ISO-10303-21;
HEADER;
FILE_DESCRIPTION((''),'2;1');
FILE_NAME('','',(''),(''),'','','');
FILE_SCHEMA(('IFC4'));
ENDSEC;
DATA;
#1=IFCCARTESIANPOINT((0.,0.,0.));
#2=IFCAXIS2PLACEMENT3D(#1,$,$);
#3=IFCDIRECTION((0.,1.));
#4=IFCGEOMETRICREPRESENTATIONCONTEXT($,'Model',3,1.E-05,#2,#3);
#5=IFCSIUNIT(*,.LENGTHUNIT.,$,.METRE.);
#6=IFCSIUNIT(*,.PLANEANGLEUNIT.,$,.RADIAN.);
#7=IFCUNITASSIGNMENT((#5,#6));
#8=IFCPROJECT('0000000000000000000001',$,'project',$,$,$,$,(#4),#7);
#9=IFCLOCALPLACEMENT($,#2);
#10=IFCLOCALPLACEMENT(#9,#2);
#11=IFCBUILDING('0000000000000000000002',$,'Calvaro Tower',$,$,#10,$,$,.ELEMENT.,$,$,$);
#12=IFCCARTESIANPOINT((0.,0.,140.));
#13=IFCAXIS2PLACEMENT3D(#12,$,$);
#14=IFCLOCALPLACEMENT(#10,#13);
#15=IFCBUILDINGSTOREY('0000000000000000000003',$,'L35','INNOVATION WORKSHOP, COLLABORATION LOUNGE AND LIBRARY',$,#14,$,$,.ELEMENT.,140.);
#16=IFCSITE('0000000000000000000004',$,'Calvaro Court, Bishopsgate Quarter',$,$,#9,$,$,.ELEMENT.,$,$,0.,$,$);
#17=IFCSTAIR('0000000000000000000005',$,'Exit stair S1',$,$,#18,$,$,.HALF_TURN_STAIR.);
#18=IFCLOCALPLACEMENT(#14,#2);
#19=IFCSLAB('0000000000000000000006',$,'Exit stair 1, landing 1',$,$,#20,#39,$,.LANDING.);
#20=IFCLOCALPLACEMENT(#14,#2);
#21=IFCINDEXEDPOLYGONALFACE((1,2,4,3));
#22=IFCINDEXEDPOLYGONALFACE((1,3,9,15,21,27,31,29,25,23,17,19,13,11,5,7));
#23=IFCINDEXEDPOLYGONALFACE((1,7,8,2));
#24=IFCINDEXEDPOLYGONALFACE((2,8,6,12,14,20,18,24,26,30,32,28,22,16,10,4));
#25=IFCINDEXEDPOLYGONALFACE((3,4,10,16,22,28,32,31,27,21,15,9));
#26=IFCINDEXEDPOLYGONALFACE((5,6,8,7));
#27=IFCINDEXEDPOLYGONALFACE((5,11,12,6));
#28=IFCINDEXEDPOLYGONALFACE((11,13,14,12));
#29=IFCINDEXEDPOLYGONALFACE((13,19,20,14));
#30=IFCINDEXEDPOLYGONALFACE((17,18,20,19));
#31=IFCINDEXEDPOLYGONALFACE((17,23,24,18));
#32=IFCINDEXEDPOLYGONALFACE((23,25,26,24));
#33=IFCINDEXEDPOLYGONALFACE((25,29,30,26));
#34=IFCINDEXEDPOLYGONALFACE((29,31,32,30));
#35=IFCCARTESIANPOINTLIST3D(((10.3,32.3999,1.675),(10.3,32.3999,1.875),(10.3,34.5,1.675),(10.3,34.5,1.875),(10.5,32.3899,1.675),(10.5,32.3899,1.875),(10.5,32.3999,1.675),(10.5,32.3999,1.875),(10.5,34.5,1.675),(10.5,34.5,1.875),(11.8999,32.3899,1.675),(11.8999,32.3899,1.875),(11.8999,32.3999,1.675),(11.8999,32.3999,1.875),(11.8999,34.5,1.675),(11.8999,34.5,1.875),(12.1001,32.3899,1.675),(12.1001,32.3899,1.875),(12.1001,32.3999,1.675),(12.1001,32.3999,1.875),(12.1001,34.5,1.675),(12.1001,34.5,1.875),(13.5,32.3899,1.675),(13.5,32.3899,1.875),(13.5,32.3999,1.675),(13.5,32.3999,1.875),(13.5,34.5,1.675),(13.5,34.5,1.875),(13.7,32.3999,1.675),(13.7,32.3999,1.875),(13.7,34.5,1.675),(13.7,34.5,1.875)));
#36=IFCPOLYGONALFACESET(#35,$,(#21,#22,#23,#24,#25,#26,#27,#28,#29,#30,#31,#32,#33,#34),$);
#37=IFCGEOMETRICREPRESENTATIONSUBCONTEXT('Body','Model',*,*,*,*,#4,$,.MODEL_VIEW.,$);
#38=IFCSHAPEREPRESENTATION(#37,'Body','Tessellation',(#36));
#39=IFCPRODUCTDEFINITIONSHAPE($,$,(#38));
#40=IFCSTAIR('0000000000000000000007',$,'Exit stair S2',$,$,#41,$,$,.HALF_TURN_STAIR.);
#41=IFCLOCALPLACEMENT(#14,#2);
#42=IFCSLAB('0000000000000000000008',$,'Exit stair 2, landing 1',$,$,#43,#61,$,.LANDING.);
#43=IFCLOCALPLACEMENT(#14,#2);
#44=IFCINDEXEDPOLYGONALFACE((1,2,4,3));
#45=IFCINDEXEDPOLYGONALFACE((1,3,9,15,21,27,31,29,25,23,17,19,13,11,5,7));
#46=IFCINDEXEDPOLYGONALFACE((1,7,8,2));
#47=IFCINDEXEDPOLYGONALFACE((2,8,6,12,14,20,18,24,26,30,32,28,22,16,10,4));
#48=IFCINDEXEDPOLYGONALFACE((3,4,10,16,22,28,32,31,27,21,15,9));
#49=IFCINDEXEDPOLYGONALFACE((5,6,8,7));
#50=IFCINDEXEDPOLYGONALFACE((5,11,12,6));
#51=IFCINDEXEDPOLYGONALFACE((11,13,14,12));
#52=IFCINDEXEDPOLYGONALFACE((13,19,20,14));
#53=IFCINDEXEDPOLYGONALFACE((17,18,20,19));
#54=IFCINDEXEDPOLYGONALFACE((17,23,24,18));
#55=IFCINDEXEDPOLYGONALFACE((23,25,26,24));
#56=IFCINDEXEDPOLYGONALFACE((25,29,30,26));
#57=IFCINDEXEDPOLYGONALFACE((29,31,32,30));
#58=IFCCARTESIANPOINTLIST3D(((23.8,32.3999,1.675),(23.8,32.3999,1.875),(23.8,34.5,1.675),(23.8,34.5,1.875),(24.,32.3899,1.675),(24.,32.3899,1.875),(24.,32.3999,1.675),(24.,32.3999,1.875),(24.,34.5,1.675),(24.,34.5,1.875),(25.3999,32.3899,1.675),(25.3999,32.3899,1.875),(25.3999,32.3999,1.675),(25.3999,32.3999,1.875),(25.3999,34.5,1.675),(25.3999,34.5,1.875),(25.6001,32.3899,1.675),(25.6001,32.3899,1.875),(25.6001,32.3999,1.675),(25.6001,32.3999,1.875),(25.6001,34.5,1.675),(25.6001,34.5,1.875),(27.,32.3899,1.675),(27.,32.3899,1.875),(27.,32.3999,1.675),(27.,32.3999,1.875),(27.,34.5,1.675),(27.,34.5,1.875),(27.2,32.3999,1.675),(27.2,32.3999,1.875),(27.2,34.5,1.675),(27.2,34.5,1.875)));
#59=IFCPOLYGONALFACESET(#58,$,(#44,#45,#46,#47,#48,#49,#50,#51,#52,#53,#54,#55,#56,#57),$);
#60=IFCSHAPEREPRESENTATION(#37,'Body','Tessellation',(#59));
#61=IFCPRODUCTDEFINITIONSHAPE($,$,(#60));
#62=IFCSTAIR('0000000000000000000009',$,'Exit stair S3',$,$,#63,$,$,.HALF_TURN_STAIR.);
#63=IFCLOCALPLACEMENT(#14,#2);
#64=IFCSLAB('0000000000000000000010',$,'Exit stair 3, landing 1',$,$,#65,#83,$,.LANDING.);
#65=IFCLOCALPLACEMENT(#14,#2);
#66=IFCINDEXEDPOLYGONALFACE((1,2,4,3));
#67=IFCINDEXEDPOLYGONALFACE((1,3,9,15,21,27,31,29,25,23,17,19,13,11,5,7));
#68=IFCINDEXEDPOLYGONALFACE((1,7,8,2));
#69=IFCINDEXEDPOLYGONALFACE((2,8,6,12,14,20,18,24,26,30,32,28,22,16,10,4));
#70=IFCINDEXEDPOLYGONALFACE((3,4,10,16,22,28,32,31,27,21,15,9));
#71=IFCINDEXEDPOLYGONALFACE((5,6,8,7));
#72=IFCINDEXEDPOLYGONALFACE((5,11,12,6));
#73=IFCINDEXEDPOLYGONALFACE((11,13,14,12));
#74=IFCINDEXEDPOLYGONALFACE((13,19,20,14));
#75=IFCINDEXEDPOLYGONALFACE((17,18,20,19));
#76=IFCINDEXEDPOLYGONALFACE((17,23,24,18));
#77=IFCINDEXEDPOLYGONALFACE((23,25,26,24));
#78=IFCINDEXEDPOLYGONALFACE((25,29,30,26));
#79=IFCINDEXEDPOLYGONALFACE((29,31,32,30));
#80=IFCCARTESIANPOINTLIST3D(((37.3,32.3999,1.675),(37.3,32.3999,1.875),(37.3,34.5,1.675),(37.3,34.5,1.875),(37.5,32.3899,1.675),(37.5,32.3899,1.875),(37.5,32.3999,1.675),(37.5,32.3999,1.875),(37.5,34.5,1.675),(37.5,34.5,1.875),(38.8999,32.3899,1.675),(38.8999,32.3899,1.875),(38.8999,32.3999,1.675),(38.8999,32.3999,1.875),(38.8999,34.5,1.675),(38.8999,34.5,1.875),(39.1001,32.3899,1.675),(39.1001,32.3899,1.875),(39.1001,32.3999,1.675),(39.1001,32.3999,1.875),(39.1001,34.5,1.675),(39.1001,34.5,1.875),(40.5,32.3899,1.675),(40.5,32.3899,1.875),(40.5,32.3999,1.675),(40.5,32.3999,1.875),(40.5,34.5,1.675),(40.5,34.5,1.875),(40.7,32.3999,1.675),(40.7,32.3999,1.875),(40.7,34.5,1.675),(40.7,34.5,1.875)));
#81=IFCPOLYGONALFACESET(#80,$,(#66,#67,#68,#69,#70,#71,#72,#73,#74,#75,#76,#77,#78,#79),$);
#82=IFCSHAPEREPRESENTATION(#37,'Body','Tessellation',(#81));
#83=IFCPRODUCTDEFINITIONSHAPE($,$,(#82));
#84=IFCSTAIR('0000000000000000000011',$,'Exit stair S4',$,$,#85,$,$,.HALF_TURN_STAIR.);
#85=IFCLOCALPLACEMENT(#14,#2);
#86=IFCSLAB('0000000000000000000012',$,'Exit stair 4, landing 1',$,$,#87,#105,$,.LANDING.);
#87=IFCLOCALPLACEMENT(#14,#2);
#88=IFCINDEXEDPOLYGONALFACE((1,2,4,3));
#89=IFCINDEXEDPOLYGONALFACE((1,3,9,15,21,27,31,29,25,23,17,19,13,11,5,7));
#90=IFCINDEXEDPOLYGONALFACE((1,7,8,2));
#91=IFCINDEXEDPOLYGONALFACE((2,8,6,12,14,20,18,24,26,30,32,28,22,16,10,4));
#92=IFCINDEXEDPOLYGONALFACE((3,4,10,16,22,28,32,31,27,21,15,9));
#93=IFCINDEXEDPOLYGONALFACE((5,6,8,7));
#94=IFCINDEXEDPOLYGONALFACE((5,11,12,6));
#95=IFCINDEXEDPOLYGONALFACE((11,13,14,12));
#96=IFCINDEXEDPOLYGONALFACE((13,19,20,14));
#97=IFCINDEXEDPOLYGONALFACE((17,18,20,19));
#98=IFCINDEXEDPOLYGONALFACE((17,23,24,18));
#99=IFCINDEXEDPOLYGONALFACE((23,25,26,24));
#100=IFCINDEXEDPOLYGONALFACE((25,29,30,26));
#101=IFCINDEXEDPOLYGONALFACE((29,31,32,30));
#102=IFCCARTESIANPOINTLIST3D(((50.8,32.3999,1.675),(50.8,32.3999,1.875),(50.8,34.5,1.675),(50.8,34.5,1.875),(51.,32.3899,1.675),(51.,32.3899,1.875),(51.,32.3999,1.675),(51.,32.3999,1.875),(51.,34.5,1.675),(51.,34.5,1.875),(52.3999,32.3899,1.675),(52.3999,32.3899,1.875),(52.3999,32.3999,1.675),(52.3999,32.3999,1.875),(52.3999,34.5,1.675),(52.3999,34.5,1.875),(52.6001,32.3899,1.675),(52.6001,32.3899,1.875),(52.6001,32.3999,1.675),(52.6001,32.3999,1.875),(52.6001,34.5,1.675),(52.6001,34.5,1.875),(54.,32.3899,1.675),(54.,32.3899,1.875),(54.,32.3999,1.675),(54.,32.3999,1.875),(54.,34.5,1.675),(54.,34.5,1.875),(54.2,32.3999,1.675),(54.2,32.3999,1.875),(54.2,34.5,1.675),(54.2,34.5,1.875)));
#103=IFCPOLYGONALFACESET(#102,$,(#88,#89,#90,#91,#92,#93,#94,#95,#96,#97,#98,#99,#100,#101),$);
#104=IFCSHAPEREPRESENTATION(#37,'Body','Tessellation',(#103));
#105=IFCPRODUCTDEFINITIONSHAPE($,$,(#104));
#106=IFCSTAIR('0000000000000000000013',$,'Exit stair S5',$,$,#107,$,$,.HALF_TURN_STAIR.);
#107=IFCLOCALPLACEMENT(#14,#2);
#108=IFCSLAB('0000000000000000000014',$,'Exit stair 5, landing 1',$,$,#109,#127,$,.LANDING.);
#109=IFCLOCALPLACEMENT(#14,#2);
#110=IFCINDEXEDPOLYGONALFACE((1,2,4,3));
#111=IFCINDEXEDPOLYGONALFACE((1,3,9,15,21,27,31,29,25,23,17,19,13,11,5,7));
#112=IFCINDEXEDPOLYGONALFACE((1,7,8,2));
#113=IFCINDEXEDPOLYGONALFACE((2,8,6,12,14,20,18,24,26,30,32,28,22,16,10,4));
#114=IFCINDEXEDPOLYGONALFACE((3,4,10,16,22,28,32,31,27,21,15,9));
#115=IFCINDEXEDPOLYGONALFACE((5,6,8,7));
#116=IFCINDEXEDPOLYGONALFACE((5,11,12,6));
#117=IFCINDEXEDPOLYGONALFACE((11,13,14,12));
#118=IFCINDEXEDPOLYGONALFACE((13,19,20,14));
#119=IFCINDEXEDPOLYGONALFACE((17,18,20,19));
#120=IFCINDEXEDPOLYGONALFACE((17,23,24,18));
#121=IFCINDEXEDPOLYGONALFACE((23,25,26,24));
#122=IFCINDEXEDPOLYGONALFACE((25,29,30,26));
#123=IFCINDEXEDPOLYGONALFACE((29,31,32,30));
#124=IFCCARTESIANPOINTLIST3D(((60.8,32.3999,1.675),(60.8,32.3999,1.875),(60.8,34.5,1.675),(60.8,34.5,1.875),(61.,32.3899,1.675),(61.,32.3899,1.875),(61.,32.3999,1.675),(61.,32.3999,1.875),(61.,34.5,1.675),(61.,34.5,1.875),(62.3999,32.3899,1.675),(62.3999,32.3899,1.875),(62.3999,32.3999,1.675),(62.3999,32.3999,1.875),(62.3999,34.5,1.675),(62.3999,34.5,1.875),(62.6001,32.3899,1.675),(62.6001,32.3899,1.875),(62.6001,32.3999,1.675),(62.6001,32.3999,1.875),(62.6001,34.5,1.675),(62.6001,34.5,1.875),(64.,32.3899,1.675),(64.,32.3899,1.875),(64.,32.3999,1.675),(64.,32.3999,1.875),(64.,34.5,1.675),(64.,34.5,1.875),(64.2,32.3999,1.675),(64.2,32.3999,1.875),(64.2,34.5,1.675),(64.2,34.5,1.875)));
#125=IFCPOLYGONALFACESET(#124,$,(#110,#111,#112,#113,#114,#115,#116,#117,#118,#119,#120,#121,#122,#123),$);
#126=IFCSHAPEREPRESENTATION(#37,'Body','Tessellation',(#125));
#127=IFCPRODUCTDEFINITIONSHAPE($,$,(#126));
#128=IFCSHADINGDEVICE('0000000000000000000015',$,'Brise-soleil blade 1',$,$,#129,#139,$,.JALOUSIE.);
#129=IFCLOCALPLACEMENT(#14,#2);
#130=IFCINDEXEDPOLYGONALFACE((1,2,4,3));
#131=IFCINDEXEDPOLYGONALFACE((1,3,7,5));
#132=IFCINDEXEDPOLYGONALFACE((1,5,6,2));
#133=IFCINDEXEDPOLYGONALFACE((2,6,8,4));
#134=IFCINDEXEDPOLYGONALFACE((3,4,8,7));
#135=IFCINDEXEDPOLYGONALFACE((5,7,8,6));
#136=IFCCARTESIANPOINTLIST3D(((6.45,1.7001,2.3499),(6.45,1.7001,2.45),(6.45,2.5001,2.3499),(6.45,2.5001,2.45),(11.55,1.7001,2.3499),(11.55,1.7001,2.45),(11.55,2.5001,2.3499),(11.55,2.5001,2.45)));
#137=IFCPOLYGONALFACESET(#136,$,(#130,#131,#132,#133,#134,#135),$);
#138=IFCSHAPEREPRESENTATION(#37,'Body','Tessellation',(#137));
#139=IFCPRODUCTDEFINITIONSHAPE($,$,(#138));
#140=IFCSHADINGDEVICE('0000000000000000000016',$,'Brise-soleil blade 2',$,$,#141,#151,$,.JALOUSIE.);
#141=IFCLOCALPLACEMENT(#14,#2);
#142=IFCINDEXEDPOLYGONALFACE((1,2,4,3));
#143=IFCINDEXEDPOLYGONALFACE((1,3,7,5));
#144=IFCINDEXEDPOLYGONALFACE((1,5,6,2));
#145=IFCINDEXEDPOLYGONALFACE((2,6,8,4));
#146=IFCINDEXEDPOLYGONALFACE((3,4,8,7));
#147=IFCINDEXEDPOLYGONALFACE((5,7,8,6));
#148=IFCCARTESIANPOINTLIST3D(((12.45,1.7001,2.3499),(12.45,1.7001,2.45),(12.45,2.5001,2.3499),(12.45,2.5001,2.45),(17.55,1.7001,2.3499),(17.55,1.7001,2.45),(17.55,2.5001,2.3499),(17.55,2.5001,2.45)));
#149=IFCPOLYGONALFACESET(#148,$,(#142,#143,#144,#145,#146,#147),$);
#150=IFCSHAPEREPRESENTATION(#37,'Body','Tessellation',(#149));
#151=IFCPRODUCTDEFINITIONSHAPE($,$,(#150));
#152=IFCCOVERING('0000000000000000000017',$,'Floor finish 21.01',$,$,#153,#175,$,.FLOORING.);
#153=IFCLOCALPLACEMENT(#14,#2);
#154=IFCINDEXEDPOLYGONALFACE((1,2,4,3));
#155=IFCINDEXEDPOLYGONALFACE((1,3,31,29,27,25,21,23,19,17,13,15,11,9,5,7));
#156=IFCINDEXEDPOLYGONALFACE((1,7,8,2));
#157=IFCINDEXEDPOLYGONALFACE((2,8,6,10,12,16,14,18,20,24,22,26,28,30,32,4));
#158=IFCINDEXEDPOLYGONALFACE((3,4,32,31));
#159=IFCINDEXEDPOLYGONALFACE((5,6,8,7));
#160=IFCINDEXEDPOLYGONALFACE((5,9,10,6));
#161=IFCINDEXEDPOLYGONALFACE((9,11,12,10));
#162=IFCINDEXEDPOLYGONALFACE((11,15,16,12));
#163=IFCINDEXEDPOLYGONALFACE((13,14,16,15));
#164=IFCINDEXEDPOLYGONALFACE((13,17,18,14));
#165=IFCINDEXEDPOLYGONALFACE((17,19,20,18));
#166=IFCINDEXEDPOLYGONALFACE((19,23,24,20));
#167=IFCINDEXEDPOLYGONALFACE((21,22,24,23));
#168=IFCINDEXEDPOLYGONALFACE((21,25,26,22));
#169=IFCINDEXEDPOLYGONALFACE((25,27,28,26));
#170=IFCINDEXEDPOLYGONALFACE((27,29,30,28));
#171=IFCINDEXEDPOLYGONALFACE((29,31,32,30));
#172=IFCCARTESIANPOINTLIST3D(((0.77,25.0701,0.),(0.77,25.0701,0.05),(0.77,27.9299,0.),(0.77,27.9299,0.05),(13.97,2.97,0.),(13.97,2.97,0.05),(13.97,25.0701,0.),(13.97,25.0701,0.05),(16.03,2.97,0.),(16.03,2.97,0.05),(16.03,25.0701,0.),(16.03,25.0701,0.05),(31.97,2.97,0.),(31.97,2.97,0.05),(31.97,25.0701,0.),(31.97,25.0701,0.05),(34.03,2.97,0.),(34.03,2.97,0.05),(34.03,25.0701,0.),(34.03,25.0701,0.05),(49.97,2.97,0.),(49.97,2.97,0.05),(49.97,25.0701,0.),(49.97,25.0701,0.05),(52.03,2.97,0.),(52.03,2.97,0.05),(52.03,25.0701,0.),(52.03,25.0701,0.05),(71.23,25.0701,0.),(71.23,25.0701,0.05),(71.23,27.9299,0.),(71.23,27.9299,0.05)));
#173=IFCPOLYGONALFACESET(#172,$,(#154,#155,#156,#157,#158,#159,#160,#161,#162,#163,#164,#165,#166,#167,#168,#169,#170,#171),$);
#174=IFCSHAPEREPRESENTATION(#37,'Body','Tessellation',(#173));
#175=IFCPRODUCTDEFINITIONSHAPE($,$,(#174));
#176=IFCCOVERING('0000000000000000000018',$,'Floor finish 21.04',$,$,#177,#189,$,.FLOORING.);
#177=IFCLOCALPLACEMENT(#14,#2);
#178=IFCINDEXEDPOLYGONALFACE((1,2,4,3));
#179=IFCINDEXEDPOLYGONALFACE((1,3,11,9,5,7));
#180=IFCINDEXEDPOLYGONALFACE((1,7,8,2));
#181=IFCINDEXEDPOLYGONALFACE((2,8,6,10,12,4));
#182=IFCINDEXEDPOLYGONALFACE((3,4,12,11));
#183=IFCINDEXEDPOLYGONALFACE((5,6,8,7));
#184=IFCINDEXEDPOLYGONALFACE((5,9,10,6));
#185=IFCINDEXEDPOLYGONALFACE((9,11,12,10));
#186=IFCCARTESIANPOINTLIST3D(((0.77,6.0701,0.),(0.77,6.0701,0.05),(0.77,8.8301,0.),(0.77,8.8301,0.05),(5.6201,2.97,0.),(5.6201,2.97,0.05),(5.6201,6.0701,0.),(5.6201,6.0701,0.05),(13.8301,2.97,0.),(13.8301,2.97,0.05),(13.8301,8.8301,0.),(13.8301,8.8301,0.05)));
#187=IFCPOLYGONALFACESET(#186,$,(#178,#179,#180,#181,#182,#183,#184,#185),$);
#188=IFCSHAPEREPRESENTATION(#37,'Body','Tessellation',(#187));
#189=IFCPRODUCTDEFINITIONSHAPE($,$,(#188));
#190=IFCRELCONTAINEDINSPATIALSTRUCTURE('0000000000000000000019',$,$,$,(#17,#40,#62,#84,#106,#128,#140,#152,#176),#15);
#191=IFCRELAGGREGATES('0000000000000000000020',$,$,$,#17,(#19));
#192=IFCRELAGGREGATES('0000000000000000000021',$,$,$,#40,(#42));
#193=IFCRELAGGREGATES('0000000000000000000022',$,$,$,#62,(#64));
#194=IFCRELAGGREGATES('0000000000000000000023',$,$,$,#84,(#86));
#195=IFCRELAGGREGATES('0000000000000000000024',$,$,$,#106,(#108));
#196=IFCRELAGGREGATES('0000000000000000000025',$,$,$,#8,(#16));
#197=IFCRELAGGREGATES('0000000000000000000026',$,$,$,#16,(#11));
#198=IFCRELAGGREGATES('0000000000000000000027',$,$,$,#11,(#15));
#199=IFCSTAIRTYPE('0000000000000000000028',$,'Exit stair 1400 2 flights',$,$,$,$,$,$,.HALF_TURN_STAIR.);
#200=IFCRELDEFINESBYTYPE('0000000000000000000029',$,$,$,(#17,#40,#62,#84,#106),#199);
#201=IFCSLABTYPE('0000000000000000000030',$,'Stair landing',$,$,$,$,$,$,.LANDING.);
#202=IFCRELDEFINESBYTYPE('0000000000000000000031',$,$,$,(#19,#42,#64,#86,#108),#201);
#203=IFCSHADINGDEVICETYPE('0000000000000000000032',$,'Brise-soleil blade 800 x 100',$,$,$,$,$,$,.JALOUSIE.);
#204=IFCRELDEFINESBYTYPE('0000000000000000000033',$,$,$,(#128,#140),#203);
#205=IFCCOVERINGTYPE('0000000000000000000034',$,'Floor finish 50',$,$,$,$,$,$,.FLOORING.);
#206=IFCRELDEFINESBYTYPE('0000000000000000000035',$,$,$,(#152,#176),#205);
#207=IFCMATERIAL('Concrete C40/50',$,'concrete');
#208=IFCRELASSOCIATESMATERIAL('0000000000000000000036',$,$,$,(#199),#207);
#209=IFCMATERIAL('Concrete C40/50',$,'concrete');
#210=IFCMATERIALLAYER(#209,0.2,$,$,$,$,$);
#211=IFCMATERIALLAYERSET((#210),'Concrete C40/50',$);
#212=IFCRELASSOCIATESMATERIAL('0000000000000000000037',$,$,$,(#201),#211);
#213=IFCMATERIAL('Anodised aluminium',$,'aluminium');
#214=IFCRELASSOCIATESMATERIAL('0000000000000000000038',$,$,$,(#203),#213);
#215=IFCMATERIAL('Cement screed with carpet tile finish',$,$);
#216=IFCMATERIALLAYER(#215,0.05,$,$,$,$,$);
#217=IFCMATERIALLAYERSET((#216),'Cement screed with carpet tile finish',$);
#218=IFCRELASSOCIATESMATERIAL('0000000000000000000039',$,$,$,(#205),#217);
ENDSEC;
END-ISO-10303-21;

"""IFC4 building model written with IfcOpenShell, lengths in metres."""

from ifc_helpers import new_model, si_unit, direction, frame, origin, origin_2d, place, context, subcontext, project, spatial, polyline, rectangle, outline, extrude, material, layer, layer_set, material_profile, profile_set, type_object, element, aggregate, save


model = new_model("IFC4")

# Units and contexts
model_context = context("Model", 3, precision=1e-05, world=origin(), true_north=direction((0.0, 1.0)))
body_context = subcontext(model_context, "Body", "Model", "MODEL_VIEW")
ifc_project = project(units=[si_unit("LENGTHUNIT", "METRE"), si_unit("PLANEANGLEUNIT", "RADIAN")], contexts=[model_context])

# Site, building, storey
site_placement = place(None, origin())
site = spatial("IfcSite", under=ifc_project, at=site_placement, Name="Calvaro Court, Bishopsgate Quarter", CompositionType="ELEMENT", RefElevation=0.0)
building_placement = place(site_placement, origin())
building = spatial("IfcBuilding", under=site, at=building_placement, Name="Calvaro Tower", CompositionType="ELEMENT")
storey_placement = place(building_placement, frame((0.0, 0.0, 140.0)))
storey = spatial("IfcBuildingStorey", under=building, at=storey_placement, Name="L35", Description="INNOVATION WORKSHOP, COLLABORATION LOUNGE AND LIBRARY", CompositionType="ELEMENT", Elevation=140.0)

# Stairs, slabs
ifc_material_1 = material(Name="Concrete C40/50", Category="concrete")
stair_type = type_object("IfcStairType", Name="Exit stair 1400 2 flights", PredefinedType="HALF_TURN_STAIR", material=ifc_material_1)
stair_1_placement = place(storey_placement, origin())
stair_1 = element("IfcStair", 1, at=stair_1_placement, inside=storey, type_object=stair_type, Name="Exit stair S1", PredefinedType="HALF_TURN_STAIR")
ifc_material_2 = material(Name="Concrete C40/50", Category="concrete")
ifc_layer_1 = layer(ifc_material_2, 0.2)
ifc_layer_set_1 = layer_set([ifc_layer_1], Name="Concrete C40/50")
slab_type_1 = type_object("IfcSlabType", Name="Stair landing", PredefinedType="LANDING", material=ifc_layer_set_1)
slab_1_placement = place(storey_placement, frame((0.0, 0.0, 1.675)))
slab_1 = element("IfcSlab", 2, at=slab_1_placement, type_object=slab_type_1, Name="Exit stair 1, landing 1", PredefinedType="LANDING", context=body_context, shape_type="SweptSolid", body=[
    extrude(outline(polyline([(11.8999, 32.3899), (10.5, 32.3899), (10.5, 32.3999), (10.3, 32.3999), (10.3, 34.5), (10.5, 34.5), (11.8999, 34.5), (12.1001, 34.5), (13.5, 34.5), (13.7, 34.5), (13.7, 32.3999), (13.5, 32.3999), (13.5, 32.3899), (12.1001, 32.3899), (12.1001, 32.3999), (11.8999, 32.3999), (11.8999, 32.3899)])), origin(), (0.0, 0.0, 1.0), 0.2),
])
aggregate(stair_1, [slab_1])
stair_2_placement = place(storey_placement, origin())
stair_2 = element("IfcStair", 3, at=stair_2_placement, inside=storey, type_object=stair_type, Name="Exit stair S2", PredefinedType="HALF_TURN_STAIR")
slab_2_placement = place(storey_placement, frame((0.0, 0.0, 1.675)))
slab_2 = element("IfcSlab", 4, at=slab_2_placement, type_object=slab_type_1, Name="Exit stair 2, landing 1", PredefinedType="LANDING", context=body_context, shape_type="SweptSolid", body=[
    extrude(outline(polyline([(25.3999, 32.3899), (24.0, 32.3899), (24.0, 32.3999), (23.8, 32.3999), (23.8, 34.5), (24.0, 34.5), (25.3999, 34.5), (25.6001, 34.5), (27.0, 34.5), (27.2, 34.5), (27.2, 32.3999), (27.0, 32.3999), (27.0, 32.3899), (25.6001, 32.3899), (25.6001, 32.3999), (25.3999, 32.3999), (25.3999, 32.3899)])), origin(), (0.0, 0.0, 1.0), 0.2),
])
aggregate(stair_2, [slab_2])
stair_3_placement = place(storey_placement, origin())
stair_3 = element("IfcStair", 5, at=stair_3_placement, inside=storey, type_object=stair_type, Name="Exit stair S3", PredefinedType="HALF_TURN_STAIR")
slab_3_placement = place(storey_placement, frame((0.0, 0.0, 1.675)))
slab_3 = element("IfcSlab", 6, at=slab_3_placement, type_object=slab_type_1, Name="Exit stair 3, landing 1", PredefinedType="LANDING", context=body_context, shape_type="SweptSolid", body=[
    extrude(outline(polyline([(38.8999, 32.3899), (37.5, 32.3899), (37.5, 32.3999), (37.3, 32.3999), (37.3, 34.5), (37.5, 34.5), (38.8999, 34.5), (39.1001, 34.5), (40.5, 34.5), (40.7, 34.5), (40.7, 32.3999), (40.5, 32.3999), (40.5, 32.3899), (39.1001, 32.3899), (39.1001, 32.3999), (38.8999, 32.3999), (38.8999, 32.3899)])), origin(), (0.0, 0.0, 1.0), 0.2),
])
aggregate(stair_3, [slab_3])
stair_4_placement = place(storey_placement, origin())
stair_4 = element("IfcStair", 7, at=stair_4_placement, inside=storey, type_object=stair_type, Name="Exit stair S4", PredefinedType="HALF_TURN_STAIR")
slab_4_placement = place(storey_placement, frame((0.0, 0.0, 1.675)))
slab_4 = element("IfcSlab", 8, at=slab_4_placement, type_object=slab_type_1, Name="Exit stair 4, landing 1", PredefinedType="LANDING", context=body_context, shape_type="SweptSolid", body=[
    extrude(outline(polyline([(52.3999, 32.3899), (51.0, 32.3899), (51.0, 32.3999), (50.8, 32.3999), (50.8, 34.5), (51.0, 34.5), (52.3999, 34.5), (52.6001, 34.5), (54.0, 34.5), (54.2, 34.5), (54.2, 32.3999), (54.0, 32.3999), (54.0, 32.3899), (52.6001, 32.3899), (52.6001, 32.3999), (52.3999, 32.3999), (52.3999, 32.3899)])), origin(), (0.0, 0.0, 1.0), 0.2),
])
aggregate(stair_4, [slab_4])
stair_5_placement = place(storey_placement, origin())
stair_5 = element("IfcStair", 9, at=stair_5_placement, inside=storey, type_object=stair_type, Name="Exit stair S5", PredefinedType="HALF_TURN_STAIR")
slab_5_placement = place(storey_placement, frame((0.0, 0.0, 1.675)))
slab_5 = element("IfcSlab", 10, at=slab_5_placement, type_object=slab_type_1, Name="Exit stair 5, landing 1", PredefinedType="LANDING", context=body_context, shape_type="SweptSolid", body=[
    extrude(outline(polyline([(62.3999, 32.3899), (61.0, 32.3899), (61.0, 32.3999), (60.8, 32.3999), (60.8, 34.5), (61.0, 34.5), (62.3999, 34.5), (62.6001, 34.5), (64.0, 34.5), (64.2, 34.5), (64.2, 32.3999), (64.0, 32.3999), (64.0, 32.3899), (62.6001, 32.3899), (62.6001, 32.3999), (62.3999, 32.3999), (62.3999, 32.3899)])), origin(), (0.0, 0.0, 1.0), 0.2),
])
aggregate(stair_5, [slab_5])

# Shading devices
ifc_material_3 = material(Name="Anodised aluminium", Category="aluminium")
ifc_material_profile_1 = material_profile(ifc_material_3, rectangle(XDim=0.8, YDim=0.1001, at=origin_2d()), Name="Brise-soleil blade 800 x 100")
ifc_profile_set_1 = profile_set([ifc_material_profile_1], Name="Anodised aluminium")
shading_device_type = type_object("IfcShadingDeviceType", Name="Brise-soleil blade 800 x 100", PredefinedType="JALOUSIE", material=ifc_profile_set_1)
for number, where, z_axis, x_axis, name in (
    (11, (6.45, 2.1001, 2.3999), (1.0, 0.0, 0.0), (0.0, 1.0, 0.0), "Brise-soleil blade 1"),
    (12, (12.45, 2.1001, 2.3999), (1.0, 0.0, 0.0), (0.0, 1.0, 0.0), "Brise-soleil blade 2"),
):
    element("IfcShadingDevice", number, at=place(storey_placement, frame(where, z_axis=z_axis, x_axis=x_axis)), inside=storey, type_object=shading_device_type, Name=name, PredefinedType="JALOUSIE", context=body_context, shape_type="SweptSolid", body=[
        extrude(rectangle(XDim=0.8, YDim=0.1001, at=origin_2d()), origin(), (0.0, 0.0, 1.0), 5.1001),
    ])

# Coverings
ifc_material_4 = material(Name="Cement screed with carpet tile finish")
ifc_layer_2 = layer(ifc_material_4, 0.05)
ifc_layer_set_2 = layer_set([ifc_layer_2], Name="Cement screed with carpet tile finish")
covering_type = type_object("IfcCoveringType", Name="Floor finish 50", PredefinedType="FLOORING", material=ifc_layer_set_2)
covering_1_placement = place(storey_placement, origin())
element("IfcCovering", 13, at=covering_1_placement, inside=storey, type_object=covering_type, Name="Floor finish 21.01", PredefinedType="FLOORING", context=body_context, shape_type="SweptSolid", body=[
    extrude(outline(polyline([(0.77, 25.0701), (0.77, 27.9299), (71.23, 27.9299), (71.23, 25.0701), (52.03, 25.0701), (52.03, 2.97), (49.97, 2.97), (49.97, 25.0701), (34.03, 25.0701), (34.03, 2.97), (31.97, 2.97), (31.97, 25.0701), (16.03, 25.0701), (16.03, 2.97), (13.97, 2.97), (13.97, 25.0701), (0.77, 25.0701)])), origin(), (0.0, 0.0, 1.0), 0.05),
])
covering_2_placement = place(storey_placement, origin())
element("IfcCovering", 14, at=covering_2_placement, inside=storey, type_object=covering_type, Name="Floor finish 21.04", PredefinedType="FLOORING", context=body_context, shape_type="SweptSolid", body=[
    extrude(outline(polyline([(13.8301, 8.8301), (13.8301, 2.97), (5.6201, 2.97), (5.6201, 6.0701), (0.77, 6.0701), (0.77, 8.8301), (13.8301, 8.8301)])), origin(), (0.0, 0.0, 1.0), 0.05),
])

save(model, "model.ifc")
